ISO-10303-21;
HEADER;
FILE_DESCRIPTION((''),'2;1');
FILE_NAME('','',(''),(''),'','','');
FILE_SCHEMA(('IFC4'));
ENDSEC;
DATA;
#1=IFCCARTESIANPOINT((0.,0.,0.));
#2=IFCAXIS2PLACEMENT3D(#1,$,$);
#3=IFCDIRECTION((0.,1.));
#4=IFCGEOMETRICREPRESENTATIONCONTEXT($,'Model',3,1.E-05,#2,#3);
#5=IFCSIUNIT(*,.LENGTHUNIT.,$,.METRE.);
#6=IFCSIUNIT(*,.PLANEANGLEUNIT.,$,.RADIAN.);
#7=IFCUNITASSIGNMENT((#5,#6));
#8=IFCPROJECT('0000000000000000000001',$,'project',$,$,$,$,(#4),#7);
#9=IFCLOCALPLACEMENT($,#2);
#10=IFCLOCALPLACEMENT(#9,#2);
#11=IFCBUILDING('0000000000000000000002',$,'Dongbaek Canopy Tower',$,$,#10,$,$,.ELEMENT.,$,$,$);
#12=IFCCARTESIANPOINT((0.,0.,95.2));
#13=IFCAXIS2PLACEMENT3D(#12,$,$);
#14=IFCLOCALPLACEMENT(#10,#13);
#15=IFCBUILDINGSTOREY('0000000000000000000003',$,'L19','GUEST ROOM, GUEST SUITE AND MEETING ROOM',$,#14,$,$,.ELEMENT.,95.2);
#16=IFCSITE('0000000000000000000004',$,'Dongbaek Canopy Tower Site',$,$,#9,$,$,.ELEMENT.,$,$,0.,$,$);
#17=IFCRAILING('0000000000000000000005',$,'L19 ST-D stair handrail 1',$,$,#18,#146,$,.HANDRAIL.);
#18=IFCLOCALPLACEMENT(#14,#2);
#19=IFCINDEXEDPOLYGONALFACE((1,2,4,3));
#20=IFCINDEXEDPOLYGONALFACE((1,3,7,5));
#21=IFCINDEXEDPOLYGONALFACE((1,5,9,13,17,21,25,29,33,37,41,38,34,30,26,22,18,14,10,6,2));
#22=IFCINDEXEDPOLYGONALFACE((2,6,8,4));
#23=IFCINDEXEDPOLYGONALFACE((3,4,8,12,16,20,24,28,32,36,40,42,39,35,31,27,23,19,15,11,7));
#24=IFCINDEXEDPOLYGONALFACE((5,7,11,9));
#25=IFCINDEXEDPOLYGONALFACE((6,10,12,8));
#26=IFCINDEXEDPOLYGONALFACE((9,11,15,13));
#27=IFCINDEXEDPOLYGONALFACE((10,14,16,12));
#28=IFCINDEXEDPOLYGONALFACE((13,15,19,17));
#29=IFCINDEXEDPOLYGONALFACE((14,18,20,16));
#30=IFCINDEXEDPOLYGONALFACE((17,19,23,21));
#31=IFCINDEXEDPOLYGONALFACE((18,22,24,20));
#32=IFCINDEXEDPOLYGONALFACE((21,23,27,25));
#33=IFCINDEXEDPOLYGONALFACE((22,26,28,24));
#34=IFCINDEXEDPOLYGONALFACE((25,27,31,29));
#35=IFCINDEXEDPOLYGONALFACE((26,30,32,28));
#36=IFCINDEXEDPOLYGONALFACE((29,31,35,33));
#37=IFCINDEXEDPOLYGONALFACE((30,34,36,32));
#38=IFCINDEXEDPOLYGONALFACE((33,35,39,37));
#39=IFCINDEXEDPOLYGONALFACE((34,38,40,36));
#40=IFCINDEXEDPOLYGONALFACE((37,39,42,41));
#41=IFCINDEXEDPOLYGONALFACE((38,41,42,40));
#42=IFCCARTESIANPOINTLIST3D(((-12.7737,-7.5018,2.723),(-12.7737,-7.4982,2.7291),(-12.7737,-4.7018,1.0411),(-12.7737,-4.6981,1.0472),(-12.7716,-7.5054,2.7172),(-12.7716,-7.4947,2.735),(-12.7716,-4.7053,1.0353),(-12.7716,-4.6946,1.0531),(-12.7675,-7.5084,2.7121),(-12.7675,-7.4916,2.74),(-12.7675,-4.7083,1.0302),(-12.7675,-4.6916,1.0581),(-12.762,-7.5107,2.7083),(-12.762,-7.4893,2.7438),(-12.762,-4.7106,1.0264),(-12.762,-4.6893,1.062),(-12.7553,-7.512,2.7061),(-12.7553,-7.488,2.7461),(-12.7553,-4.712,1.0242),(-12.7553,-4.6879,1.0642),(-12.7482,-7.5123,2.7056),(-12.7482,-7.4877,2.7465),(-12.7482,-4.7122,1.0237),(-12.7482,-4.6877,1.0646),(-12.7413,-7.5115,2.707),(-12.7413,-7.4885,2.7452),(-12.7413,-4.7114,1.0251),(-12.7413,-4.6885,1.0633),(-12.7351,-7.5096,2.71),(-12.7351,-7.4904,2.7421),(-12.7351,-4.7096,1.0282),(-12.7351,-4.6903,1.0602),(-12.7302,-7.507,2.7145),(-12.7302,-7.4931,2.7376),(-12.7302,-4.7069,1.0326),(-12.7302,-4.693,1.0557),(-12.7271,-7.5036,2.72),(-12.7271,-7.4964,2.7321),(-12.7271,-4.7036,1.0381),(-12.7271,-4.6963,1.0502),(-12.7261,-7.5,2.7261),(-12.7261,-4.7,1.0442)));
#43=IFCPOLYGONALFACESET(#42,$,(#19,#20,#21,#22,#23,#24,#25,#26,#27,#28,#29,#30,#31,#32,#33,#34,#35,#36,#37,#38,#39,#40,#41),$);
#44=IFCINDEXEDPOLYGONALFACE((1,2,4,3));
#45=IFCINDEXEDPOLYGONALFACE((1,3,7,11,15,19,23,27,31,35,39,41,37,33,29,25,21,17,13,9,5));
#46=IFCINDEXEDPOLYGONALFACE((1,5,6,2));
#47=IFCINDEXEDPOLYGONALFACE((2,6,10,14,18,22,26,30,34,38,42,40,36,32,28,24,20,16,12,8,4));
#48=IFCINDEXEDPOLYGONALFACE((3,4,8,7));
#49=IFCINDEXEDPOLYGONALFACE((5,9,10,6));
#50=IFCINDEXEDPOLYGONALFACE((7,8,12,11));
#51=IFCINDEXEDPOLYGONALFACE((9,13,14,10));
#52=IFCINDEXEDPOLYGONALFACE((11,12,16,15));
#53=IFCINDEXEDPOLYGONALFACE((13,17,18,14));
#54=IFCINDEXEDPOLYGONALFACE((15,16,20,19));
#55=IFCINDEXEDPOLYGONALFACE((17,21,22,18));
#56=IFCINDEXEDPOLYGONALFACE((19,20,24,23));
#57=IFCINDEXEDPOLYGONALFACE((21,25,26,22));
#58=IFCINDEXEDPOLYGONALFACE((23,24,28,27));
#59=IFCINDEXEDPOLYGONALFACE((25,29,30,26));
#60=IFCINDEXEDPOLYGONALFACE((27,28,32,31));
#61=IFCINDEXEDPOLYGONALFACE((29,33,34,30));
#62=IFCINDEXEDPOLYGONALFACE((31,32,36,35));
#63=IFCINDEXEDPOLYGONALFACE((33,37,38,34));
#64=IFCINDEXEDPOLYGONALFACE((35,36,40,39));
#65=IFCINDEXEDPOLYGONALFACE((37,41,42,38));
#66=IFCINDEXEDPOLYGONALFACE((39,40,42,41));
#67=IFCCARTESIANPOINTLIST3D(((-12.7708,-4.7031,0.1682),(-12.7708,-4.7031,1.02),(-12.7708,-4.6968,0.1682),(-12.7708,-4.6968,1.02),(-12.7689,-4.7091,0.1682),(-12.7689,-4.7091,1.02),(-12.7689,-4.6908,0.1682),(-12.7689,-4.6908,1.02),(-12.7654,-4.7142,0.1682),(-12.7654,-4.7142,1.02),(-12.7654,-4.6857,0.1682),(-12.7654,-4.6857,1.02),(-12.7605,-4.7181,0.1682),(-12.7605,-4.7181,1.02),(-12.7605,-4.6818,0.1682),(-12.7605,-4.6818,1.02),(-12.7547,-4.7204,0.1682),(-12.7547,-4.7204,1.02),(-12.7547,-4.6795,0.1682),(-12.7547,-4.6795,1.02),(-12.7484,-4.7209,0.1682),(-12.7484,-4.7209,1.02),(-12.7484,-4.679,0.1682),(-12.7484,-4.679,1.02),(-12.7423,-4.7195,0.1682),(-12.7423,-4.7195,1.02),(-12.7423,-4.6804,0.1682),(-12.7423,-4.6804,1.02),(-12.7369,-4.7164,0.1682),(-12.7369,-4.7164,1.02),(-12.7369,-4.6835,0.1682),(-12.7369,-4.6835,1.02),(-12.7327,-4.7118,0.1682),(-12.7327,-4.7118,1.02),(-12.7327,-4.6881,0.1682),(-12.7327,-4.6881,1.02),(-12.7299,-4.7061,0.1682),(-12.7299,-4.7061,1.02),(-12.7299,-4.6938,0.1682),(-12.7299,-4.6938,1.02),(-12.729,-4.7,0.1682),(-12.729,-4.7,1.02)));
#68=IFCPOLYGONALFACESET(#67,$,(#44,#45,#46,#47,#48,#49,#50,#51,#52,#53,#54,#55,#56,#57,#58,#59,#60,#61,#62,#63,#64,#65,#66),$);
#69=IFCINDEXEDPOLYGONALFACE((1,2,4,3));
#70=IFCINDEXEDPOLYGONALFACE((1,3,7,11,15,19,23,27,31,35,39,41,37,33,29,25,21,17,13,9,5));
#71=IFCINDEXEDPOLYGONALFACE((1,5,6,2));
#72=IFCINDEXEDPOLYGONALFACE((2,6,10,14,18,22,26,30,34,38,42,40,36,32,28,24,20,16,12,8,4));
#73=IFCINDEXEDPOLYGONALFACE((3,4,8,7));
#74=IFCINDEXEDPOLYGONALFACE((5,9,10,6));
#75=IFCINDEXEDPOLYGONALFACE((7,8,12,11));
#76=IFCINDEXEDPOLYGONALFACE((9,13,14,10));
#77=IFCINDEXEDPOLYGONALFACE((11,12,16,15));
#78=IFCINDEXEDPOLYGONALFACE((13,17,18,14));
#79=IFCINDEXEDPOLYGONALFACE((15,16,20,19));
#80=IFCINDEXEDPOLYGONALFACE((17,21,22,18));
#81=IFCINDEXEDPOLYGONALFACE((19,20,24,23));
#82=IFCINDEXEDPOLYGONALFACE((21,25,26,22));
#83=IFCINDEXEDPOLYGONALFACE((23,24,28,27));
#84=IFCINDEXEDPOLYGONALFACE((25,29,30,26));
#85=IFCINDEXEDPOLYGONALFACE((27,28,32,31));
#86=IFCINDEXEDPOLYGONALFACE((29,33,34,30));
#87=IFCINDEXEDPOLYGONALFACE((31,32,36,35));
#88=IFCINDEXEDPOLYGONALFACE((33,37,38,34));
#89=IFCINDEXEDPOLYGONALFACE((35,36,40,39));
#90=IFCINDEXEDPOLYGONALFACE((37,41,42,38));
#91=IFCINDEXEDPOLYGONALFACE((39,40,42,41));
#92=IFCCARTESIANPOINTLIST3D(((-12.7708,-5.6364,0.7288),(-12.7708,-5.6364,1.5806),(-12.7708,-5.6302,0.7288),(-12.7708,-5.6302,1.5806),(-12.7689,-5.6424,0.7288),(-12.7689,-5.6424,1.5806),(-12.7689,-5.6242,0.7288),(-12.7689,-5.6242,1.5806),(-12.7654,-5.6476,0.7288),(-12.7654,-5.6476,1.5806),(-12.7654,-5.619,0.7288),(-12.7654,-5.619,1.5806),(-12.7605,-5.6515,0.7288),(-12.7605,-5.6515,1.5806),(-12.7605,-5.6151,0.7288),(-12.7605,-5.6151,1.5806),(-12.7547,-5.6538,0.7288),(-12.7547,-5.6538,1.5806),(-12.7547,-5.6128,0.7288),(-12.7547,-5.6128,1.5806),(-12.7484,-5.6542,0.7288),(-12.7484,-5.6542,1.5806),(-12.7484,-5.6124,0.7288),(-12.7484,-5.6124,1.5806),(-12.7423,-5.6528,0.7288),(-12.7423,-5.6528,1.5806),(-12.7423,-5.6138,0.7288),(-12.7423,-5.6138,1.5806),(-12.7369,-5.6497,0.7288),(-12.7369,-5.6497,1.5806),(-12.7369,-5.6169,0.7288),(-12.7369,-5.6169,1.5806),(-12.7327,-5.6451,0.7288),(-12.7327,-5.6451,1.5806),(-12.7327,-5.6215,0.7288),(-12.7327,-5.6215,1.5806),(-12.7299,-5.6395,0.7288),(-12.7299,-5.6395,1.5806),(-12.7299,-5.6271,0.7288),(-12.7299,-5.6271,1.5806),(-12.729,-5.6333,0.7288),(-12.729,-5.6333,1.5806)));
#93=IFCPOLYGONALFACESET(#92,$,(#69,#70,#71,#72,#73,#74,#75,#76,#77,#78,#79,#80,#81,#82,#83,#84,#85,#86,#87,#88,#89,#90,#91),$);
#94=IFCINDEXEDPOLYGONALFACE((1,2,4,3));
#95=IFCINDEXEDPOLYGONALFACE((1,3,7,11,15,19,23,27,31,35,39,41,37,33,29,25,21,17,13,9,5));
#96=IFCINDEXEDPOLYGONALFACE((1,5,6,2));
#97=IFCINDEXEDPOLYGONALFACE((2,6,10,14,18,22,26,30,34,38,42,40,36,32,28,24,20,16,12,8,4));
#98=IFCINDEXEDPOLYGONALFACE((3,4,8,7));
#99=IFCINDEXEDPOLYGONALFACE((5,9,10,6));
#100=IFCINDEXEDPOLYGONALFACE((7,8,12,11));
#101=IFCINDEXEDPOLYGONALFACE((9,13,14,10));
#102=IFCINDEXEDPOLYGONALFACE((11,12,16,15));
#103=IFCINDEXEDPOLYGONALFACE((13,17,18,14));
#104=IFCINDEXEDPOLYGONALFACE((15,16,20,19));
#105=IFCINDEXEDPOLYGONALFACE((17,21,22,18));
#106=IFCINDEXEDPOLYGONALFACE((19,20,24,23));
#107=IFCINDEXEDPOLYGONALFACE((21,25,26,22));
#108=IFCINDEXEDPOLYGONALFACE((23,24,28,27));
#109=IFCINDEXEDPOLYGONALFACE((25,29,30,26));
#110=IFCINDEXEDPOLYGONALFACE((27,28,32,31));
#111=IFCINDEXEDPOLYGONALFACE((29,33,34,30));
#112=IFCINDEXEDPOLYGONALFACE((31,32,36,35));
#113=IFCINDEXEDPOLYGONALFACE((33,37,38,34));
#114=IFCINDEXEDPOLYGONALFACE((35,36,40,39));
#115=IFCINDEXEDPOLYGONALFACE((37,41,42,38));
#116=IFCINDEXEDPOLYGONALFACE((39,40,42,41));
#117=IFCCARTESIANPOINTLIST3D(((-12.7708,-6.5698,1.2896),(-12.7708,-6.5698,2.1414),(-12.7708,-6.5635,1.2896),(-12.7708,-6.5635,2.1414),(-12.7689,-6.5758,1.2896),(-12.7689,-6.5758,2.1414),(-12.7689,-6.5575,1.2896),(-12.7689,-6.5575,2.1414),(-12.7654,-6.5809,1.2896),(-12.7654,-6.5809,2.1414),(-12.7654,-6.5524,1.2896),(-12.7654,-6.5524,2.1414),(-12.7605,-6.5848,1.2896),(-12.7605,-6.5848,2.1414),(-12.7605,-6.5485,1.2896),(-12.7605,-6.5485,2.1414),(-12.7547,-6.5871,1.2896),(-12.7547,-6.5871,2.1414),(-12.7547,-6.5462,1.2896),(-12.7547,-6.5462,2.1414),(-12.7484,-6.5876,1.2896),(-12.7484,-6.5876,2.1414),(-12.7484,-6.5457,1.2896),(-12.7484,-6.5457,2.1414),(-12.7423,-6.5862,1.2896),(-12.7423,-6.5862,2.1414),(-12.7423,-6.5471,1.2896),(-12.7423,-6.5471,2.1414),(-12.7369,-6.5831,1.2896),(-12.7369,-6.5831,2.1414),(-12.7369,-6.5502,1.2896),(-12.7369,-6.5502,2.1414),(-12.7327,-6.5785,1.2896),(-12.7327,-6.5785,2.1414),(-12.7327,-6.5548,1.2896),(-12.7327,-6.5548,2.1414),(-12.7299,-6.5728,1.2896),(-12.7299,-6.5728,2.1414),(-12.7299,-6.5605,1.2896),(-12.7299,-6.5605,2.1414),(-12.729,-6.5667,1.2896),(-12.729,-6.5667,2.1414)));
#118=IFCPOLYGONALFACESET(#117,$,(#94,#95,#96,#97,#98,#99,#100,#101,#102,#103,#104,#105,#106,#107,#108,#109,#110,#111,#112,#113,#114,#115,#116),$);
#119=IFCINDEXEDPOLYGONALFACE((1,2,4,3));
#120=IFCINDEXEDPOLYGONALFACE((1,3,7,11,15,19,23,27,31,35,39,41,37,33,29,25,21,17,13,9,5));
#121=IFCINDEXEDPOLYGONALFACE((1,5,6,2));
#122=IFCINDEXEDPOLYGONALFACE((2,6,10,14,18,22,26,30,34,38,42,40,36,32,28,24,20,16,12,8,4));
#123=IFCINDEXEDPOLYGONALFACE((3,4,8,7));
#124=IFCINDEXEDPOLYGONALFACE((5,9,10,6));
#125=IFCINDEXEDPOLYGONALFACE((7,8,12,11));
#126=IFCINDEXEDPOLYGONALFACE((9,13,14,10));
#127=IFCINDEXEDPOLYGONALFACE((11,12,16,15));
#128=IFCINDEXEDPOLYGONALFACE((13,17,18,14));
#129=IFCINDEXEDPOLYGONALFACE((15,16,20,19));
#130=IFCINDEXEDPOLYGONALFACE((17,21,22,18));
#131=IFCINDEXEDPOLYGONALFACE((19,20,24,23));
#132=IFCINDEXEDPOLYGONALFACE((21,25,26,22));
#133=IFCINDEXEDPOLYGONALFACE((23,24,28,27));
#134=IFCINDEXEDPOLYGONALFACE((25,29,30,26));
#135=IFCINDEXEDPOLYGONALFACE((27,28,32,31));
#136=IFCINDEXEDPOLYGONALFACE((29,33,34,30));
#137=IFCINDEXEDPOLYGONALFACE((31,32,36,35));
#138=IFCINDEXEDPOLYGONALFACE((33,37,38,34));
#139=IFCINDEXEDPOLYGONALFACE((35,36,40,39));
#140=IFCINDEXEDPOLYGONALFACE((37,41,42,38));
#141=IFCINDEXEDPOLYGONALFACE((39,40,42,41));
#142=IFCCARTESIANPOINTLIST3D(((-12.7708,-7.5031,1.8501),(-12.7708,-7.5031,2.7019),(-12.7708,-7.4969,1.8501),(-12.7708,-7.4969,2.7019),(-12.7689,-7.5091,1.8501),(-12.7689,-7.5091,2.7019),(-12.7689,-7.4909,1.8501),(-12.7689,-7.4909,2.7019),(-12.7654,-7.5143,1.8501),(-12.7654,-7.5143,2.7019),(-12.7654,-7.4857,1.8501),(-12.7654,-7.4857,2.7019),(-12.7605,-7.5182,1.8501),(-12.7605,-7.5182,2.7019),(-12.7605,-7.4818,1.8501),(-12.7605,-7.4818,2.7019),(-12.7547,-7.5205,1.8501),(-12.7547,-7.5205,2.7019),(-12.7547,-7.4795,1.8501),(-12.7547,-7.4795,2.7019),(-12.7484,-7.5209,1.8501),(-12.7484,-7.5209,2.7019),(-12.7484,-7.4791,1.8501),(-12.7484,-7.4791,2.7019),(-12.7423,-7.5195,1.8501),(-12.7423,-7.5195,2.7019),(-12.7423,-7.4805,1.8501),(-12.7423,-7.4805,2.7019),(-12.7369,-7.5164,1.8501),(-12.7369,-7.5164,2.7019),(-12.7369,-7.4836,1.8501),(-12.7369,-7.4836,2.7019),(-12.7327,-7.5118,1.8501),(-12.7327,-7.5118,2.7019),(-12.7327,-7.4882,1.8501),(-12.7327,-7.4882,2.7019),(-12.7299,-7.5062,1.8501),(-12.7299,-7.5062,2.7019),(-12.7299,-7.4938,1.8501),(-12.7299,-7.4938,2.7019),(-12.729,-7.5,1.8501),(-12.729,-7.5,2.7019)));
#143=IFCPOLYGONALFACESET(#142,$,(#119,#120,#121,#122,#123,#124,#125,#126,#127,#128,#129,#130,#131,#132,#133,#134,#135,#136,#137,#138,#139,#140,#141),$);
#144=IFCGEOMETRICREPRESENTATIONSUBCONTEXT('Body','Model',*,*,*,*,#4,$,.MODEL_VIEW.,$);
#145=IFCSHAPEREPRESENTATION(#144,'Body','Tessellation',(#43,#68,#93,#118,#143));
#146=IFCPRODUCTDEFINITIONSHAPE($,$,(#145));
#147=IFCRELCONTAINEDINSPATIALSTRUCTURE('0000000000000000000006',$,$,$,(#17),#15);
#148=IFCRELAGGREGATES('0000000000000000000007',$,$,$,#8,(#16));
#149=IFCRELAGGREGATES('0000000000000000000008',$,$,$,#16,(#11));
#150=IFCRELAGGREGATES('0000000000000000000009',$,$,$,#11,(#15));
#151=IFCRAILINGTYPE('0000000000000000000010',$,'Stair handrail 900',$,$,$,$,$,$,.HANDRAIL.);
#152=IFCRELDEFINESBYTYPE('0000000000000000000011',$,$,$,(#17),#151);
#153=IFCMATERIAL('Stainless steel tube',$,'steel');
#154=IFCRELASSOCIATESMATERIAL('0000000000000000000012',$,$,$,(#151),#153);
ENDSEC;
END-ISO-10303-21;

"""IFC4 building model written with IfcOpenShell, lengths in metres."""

from ifc_helpers import new_model, si_unit, direction, frame, origin, origin_2d, place, context, subcontext, project, spatial, circle, extrude, material, type_object, element, save


model = new_model("IFC4")

# Units and contexts
model_context = context("Model", 3, precision=1e-05, world=origin(), true_north=direction((0.0, 1.0)))
body_context = subcontext(model_context, "Body", "Model", "MODEL_VIEW")
ifc_project = project(units=[si_unit("LENGTHUNIT", "METRE"), si_unit("PLANEANGLEUNIT", "RADIAN")], contexts=[model_context])

# Site, building, storey
site_placement = place(None, origin())
site = spatial("IfcSite", under=ifc_project, at=site_placement, Name="Dongbaek Canopy Tower Site", CompositionType="ELEMENT", RefElevation=0.0)
building_placement = place(site_placement, origin())
building = spatial("IfcBuilding", under=site, at=building_placement, Name="Dongbaek Canopy Tower", CompositionType="ELEMENT")
storey_placement = place(building_placement, frame((0.0, 0.0, 95.2)))
storey = spatial("IfcBuildingStorey", under=building, at=storey_placement, Name="L19", Description="GUEST ROOM, GUEST SUITE AND MEETING ROOM", CompositionType="ELEMENT", Elevation=95.2)

# Railing
ifc_material_1 = material(Name="Stainless steel tube", Category="steel")
railing_type_1 = type_object("IfcRailingType", Name="Stair handrail 900", PredefinedType="HANDRAIL", material=ifc_material_1)
railing_1_placement = place(storey_placement, frame((-12.75, -4.7, 0.1682)))
element("IfcRailing", 1, at=railing_1_placement, inside=storey, type_object=railing_type_1, Name="L19 ST-D stair handrail 1", PredefinedType="HANDRAIL", context=body_context, shape_type="SweptSolid", body=[
    extrude(circle(Radius=0.0239, at=origin_2d()), frame((0.0, 0.0, 0.876), z_axis=(0.0, -0.857242, 0.514913), x_axis=(1.0, 0.0, 0.0)), (0.0, 0.0, 1.0), 3.2664),
    extrude(circle(Radius=0.021, at=origin_2d()), origin(), (0.0, 0.0, 1.0), 0.8518),
    extrude(circle(Radius=0.021, at=origin_2d()), frame((0.0, -0.9333, 0.5605)), (0.0, 0.0, 1.0), 0.8518),
    extrude(circle(Radius=0.021, at=origin_2d()), frame((0.0, -1.8667, 1.1213)), (0.0, 0.0, 1.0), 0.8518),
    extrude(circle(Radius=0.021, at=origin_2d()), frame((0.0, -2.8, 1.6819)), (0.0, 0.0, 1.0), 0.8518),
])

save(model, "model.ifc")
